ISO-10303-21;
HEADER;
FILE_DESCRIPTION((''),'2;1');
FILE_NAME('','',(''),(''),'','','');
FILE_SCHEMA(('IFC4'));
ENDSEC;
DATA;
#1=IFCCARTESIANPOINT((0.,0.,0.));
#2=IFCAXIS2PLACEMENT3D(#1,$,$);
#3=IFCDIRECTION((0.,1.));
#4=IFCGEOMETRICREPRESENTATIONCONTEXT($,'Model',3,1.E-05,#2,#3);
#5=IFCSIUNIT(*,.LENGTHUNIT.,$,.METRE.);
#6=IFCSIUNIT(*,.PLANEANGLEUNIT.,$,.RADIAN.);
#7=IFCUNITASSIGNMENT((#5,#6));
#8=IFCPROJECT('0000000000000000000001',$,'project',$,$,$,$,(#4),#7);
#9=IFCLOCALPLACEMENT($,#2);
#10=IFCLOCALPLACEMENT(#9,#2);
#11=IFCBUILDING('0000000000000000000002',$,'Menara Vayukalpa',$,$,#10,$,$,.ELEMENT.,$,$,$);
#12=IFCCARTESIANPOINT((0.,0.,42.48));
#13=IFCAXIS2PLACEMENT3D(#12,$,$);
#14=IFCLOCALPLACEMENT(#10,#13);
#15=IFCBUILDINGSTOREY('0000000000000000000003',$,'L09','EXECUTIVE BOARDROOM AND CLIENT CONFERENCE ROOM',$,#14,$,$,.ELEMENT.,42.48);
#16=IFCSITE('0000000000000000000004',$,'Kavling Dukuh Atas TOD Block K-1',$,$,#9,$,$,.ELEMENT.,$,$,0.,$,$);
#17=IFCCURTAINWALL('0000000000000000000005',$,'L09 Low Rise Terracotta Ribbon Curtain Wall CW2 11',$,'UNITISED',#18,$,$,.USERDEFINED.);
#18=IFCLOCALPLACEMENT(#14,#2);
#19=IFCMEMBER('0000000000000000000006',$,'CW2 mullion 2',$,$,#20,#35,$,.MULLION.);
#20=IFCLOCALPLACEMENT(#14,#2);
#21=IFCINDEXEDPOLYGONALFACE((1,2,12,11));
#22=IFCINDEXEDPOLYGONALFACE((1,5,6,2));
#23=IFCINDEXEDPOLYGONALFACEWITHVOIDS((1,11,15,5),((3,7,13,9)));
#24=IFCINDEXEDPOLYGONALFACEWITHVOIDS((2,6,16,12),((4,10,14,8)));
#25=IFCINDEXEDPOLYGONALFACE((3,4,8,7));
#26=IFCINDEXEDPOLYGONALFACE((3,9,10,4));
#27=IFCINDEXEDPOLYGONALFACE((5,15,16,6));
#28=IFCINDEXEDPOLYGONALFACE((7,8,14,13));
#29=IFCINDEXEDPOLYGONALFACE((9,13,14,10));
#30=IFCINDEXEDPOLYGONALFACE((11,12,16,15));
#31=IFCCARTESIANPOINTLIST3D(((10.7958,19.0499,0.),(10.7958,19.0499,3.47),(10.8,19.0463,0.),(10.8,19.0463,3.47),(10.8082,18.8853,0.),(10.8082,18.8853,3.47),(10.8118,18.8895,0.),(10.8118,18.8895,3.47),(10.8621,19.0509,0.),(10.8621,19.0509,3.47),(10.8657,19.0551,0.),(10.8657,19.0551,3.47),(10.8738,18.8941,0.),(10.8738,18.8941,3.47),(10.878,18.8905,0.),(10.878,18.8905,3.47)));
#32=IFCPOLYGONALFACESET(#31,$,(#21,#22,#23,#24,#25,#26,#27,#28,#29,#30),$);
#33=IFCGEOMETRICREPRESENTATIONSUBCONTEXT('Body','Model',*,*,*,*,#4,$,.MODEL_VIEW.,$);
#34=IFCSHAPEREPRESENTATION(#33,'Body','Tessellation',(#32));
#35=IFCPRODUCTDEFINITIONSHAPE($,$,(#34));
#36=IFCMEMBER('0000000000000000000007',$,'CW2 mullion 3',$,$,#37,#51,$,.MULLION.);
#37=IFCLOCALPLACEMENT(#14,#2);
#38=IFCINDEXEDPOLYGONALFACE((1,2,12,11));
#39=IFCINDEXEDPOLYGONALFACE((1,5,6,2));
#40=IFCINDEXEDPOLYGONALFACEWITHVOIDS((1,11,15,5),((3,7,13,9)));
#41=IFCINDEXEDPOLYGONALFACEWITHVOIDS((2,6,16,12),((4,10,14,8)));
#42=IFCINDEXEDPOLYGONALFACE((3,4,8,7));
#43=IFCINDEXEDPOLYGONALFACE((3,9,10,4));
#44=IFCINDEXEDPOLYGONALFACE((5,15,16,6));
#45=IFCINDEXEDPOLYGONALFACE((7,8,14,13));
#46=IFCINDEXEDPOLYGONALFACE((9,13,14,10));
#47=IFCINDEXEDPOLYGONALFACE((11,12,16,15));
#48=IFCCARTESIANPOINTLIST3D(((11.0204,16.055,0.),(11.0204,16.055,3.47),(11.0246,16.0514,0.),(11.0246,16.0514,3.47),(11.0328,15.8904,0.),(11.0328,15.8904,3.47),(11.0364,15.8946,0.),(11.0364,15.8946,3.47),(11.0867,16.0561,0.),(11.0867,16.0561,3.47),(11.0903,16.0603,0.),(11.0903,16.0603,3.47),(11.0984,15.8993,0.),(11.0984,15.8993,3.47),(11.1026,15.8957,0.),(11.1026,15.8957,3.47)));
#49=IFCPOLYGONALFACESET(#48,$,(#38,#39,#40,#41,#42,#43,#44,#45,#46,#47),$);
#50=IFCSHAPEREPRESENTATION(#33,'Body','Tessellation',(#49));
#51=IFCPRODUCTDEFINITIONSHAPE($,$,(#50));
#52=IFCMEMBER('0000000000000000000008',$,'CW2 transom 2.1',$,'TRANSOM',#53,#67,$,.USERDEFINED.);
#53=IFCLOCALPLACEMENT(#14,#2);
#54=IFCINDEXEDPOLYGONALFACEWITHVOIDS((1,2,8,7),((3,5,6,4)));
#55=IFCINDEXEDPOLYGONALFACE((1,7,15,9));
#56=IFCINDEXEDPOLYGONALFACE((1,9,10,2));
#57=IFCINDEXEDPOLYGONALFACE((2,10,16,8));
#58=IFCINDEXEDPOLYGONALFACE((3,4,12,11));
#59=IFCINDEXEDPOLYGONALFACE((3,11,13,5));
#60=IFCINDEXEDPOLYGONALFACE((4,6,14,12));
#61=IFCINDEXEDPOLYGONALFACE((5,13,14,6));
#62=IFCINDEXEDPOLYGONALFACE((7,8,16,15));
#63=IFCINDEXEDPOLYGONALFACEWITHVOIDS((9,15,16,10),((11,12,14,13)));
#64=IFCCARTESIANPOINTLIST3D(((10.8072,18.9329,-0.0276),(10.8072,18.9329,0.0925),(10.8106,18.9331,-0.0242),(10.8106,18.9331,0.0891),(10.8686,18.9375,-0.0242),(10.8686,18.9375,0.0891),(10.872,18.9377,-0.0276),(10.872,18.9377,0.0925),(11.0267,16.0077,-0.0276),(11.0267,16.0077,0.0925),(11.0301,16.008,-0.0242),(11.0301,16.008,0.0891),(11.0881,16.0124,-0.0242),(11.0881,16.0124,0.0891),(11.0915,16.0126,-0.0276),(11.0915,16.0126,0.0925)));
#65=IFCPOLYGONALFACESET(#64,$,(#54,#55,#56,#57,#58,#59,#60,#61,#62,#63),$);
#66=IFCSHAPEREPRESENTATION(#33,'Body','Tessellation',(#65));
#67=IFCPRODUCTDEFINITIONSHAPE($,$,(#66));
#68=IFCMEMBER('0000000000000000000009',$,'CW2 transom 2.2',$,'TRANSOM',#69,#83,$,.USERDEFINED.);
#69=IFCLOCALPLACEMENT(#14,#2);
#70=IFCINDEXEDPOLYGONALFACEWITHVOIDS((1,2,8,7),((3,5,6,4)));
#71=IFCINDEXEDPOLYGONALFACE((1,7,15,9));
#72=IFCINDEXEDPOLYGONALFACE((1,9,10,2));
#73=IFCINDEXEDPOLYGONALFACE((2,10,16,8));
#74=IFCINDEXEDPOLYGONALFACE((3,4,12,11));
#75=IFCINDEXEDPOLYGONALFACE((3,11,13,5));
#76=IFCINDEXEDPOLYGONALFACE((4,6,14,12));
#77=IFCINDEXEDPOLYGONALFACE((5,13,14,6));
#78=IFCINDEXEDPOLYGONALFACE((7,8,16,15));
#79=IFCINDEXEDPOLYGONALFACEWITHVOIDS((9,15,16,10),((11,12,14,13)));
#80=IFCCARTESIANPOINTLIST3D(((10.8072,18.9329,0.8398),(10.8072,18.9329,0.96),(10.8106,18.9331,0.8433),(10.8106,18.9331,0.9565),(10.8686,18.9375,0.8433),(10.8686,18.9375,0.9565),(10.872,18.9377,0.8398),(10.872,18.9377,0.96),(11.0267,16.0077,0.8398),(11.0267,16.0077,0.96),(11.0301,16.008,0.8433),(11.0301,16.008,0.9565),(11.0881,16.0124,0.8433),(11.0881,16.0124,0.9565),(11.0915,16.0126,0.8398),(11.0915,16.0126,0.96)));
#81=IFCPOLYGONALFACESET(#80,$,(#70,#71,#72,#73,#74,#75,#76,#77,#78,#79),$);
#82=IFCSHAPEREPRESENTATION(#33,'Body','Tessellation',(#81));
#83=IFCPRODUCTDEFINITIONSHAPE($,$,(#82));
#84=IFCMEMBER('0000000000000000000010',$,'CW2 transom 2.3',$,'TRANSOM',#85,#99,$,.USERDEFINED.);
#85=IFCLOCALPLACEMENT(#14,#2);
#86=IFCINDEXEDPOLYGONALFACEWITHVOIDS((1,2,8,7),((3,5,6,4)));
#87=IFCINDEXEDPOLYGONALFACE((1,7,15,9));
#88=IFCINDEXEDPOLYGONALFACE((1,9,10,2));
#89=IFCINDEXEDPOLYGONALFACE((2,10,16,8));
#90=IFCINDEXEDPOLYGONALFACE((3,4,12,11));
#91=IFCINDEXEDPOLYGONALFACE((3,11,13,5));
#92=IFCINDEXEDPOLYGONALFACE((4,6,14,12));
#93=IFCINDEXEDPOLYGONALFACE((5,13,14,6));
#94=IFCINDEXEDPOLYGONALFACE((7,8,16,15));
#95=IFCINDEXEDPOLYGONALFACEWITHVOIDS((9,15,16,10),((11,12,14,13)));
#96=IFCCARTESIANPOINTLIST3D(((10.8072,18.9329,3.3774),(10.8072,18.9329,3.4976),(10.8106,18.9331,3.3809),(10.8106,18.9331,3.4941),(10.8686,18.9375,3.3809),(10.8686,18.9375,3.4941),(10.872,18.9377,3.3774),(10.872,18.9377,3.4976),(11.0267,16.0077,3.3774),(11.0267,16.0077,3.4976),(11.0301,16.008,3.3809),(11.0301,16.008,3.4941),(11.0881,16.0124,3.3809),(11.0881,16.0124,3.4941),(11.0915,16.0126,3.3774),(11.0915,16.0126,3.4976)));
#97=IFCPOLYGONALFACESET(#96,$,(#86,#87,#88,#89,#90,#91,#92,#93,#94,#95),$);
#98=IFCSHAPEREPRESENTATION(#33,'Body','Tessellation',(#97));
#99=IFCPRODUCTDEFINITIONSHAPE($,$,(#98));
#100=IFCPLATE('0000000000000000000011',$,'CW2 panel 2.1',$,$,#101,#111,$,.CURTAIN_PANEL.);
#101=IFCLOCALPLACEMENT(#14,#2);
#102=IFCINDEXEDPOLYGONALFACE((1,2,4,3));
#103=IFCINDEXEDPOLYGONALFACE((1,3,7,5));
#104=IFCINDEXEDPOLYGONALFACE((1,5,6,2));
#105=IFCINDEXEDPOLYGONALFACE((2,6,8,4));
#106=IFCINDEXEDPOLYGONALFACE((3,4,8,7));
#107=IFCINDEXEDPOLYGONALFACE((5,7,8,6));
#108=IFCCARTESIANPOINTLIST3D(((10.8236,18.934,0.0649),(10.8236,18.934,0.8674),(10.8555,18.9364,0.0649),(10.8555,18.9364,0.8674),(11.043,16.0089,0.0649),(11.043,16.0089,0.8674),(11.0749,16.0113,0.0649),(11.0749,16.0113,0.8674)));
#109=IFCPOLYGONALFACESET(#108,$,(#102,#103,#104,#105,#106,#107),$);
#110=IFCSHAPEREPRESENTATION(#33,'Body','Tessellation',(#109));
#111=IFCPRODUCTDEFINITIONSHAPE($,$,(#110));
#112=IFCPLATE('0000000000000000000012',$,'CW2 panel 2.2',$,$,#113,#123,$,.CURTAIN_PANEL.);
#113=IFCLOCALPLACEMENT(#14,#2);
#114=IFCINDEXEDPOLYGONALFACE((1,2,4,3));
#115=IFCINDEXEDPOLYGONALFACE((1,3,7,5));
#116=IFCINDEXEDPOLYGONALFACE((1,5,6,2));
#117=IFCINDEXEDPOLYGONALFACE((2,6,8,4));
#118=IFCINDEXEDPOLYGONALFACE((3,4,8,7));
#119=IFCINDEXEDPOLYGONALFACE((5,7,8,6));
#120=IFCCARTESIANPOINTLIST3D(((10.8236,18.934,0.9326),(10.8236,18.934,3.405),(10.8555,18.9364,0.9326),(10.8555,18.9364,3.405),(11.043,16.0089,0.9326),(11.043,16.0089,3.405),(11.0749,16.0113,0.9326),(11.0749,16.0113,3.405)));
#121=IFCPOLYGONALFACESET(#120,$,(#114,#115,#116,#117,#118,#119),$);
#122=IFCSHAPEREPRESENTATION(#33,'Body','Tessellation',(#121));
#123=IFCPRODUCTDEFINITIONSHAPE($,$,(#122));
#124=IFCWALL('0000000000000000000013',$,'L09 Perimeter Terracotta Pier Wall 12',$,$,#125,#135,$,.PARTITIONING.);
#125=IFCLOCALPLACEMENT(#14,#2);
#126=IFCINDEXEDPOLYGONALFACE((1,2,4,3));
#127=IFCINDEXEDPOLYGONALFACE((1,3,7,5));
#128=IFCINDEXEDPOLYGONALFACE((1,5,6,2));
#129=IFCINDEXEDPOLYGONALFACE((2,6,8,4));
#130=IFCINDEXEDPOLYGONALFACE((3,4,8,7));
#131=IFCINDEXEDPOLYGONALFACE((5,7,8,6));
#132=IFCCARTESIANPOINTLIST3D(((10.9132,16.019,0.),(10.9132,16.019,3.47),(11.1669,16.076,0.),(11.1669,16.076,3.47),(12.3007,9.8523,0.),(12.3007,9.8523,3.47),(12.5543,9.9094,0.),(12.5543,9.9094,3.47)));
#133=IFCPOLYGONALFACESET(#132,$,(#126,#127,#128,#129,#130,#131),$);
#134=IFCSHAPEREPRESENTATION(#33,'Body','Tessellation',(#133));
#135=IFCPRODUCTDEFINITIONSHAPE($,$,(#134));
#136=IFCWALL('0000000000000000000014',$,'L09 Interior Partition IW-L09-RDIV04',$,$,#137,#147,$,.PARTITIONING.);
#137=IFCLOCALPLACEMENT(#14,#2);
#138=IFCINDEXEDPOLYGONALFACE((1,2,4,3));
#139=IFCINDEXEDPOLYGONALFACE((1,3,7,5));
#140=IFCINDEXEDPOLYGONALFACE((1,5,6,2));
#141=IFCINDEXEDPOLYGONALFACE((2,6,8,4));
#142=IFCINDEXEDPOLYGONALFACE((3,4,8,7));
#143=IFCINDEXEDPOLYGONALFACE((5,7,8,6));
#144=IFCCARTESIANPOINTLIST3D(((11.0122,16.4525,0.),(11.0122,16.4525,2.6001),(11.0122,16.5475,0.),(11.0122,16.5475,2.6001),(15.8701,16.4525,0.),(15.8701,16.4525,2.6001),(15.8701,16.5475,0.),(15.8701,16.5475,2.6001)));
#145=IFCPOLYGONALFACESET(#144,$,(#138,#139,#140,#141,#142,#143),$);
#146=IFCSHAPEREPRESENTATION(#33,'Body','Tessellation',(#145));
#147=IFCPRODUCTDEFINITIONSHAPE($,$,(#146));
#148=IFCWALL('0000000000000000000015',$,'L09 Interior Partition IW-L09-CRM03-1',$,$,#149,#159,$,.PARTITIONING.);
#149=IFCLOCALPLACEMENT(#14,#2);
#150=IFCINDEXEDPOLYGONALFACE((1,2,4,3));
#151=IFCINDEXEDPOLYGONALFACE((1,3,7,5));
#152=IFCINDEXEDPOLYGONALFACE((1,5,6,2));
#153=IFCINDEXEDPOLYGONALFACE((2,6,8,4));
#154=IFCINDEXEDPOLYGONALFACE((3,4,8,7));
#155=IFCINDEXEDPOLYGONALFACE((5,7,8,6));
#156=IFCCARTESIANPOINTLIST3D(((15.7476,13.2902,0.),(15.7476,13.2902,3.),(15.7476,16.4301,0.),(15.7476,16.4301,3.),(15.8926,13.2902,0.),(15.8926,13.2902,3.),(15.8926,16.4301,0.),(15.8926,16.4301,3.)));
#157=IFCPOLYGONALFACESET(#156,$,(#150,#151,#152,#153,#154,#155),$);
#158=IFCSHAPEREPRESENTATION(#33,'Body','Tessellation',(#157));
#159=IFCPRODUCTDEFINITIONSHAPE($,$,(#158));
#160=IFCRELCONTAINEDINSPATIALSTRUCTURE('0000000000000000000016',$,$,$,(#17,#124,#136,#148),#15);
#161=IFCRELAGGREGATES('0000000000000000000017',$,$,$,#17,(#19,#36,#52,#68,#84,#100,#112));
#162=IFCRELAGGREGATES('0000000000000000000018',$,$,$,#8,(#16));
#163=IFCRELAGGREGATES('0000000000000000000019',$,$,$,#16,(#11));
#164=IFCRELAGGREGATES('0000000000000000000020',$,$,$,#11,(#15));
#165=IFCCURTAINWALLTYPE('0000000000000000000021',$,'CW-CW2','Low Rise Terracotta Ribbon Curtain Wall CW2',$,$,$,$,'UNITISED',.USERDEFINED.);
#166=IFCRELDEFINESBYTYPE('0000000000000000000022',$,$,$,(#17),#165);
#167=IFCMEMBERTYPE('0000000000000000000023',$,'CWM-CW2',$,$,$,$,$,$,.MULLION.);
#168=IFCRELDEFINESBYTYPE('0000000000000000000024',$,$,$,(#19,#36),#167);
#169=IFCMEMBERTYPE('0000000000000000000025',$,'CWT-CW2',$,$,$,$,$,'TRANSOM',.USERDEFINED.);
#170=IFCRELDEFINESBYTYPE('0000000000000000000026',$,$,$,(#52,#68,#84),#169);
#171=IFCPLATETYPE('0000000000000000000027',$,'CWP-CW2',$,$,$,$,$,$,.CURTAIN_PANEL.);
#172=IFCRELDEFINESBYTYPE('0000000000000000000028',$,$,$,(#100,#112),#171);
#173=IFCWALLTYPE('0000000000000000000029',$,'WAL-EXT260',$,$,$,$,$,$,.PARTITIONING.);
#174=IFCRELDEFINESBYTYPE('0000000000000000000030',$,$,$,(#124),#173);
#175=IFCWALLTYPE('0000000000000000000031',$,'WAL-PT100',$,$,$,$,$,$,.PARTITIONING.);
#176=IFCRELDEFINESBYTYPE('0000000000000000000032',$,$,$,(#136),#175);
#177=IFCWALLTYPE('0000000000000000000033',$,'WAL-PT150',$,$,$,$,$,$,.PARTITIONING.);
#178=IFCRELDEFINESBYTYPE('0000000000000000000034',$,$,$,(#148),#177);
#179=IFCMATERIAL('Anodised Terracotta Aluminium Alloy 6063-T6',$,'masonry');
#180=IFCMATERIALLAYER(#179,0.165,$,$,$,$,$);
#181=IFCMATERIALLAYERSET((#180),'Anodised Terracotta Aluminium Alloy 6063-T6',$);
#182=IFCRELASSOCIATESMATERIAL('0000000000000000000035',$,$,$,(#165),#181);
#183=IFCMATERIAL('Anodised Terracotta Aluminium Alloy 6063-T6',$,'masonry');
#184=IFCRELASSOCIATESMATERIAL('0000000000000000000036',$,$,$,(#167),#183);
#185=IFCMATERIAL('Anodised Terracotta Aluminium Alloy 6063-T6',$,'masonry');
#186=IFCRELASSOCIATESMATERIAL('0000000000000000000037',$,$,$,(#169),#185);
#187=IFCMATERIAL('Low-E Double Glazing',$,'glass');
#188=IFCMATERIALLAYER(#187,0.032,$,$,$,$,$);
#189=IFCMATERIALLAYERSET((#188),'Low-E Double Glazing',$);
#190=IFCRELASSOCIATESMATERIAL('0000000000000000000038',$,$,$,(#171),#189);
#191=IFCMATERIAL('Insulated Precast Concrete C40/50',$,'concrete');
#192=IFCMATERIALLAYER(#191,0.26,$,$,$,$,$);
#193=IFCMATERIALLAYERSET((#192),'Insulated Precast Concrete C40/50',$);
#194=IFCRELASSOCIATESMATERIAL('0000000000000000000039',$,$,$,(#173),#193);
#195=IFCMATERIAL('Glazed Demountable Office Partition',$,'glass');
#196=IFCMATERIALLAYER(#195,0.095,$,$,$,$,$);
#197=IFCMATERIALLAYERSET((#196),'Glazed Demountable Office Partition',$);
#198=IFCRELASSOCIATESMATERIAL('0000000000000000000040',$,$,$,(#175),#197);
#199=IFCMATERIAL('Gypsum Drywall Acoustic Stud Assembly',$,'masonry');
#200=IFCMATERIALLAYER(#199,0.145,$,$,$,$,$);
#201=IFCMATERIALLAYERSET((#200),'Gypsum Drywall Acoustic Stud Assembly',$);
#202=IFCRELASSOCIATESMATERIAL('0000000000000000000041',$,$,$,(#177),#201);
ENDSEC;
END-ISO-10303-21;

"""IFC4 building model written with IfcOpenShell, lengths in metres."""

from ifc_helpers import new_model, si_unit, direction, frame, frame_2d, origin, origin_2d, place, context, subcontext, project, spatial, rectangle, hollow_rectangle, extrude, material, layer, layer_set, material_profile, profile_set, type_object, element, aggregate, save


model = new_model("IFC4")

# Units and contexts
model_context = context("Model", 3, precision=1e-05, world=origin(), true_north=direction((0.0, 1.0)))
body_context = subcontext(model_context, "Body", "Model", "MODEL_VIEW")
ifc_project = project(units=[si_unit("LENGTHUNIT", "METRE"), si_unit("PLANEANGLEUNIT", "RADIAN")], contexts=[model_context])

# Site, building, storey
site_placement = place(None, origin())
site = spatial("IfcSite", under=ifc_project, at=site_placement, Name="Kavling Dukuh Atas TOD Block K-1", CompositionType="ELEMENT", RefElevation=0.0)
building_placement = place(site_placement, origin())
building = spatial("IfcBuilding", under=site, at=building_placement, Name="Menara Vayukalpa", CompositionType="ELEMENT")
storey_placement = place(building_placement, frame((0.0, 0.0, 42.48)))
storey = spatial("IfcBuildingStorey", under=building, at=storey_placement, Name="L09", Description="EXECUTIVE BOARDROOM AND CLIENT CONFERENCE ROOM", CompositionType="ELEMENT", Elevation=42.48)

# Curtain wall, members, plates
ifc_material_1 = material(Name="Anodised Terracotta Aluminium Alloy 6063-T6", Category="masonry")
ifc_layer_1 = layer(ifc_material_1, 0.165)
ifc_layer_set_1 = layer_set([ifc_layer_1], Name="Anodised Terracotta Aluminium Alloy 6063-T6")
curtain_wall_type = type_object("IfcCurtainWallType", Name="CW-CW2", Description="Low Rise Terracotta Ribbon Curtain Wall CW2", ElementType="UNITISED", PredefinedType="USERDEFINED", material=ifc_layer_set_1)
curtain_wall_placement = place(storey_placement, origin())
curtain_wall = element("IfcCurtainWall", 1, at=curtain_wall_placement, inside=storey, type_object=curtain_wall_type, Name="L09 Low Rise Terracotta Ribbon Curtain Wall CW2 11", ObjectType="UNITISED", PredefinedType="USERDEFINED")
ifc_material_2 = material(Name="Anodised Terracotta Aluminium Alloy 6063-T6", Category="masonry")
ifc_material_profile_1 = material_profile(ifc_material_2, hollow_rectangle(XDim=0.0701, YDim=0.165, WallThickness=0.0039, at=origin_2d()), Name="ALU 70x165x4")
ifc_profile_set_1 = profile_set([ifc_material_profile_1], Name="Anodised Terracotta Aluminium Alloy 6063-T6")
member_type_1 = type_object("IfcMemberType", Name="CWM-CW2", PredefinedType="MULLION", material=ifc_profile_set_1)
member_1_placement = place(storey_placement, frame((10.8369, 18.9702, 0.0), z_axis=(0.0, 0.0, 1.0), x_axis=(0.997199, 0.074795, 0.0)))
member_1 = element("IfcMember", 2, at=member_1_placement, type_object=member_type_1, Name="CW2 mullion 2", PredefinedType="MULLION", context=body_context, shape_type="SweptSolid", body=[
    extrude(hollow_rectangle(XDim=0.0701, YDim=0.165, WallThickness=0.0039, at=origin_2d()), origin(), (0.0, 0.0, 1.0), 3.47),
])
member_2_placement = place(storey_placement, frame((11.0615, 15.9753, 0.0), z_axis=(0.0, 0.0, 1.0), x_axis=(0.997199, 0.074795, 0.0)))
member_2 = element("IfcMember", 3, at=member_2_placement, type_object=member_type_1, Name="CW2 mullion 3", PredefinedType="MULLION", context=body_context, shape_type="SweptSolid", body=[
    extrude(hollow_rectangle(XDim=0.0701, YDim=0.165, WallThickness=0.0039, at=origin_2d()), origin(), (0.0, 0.0, 1.0), 3.47),
])
ifc_material_3 = material(Name="Anodised Terracotta Aluminium Alloy 6063-T6", Category="masonry")
ifc_material_profile_2 = material_profile(ifc_material_3, hollow_rectangle(XDim=0.0649, YDim=0.1201, WallThickness=0.0034, at=origin_2d()), Name="ALU 65x120x3.5")
ifc_profile_set_2 = profile_set([ifc_material_profile_2], Name="Anodised Terracotta Aluminium Alloy 6063-T6")
member_type_2 = type_object("IfcMemberType", Name="CWT-CW2", ElementType="TRANSOM", PredefinedType="USERDEFINED", material=ifc_profile_set_2)
member_3_placement = place(storey_placement, frame((10.8396, 18.9353, 0.0325), z_axis=(0.074825, -0.997197, 0.0), x_axis=(0.997197, 0.074825, 0.0)))
member_3 = element("IfcMember", 4, at=member_3_placement, type_object=member_type_2, Name="CW2 transom 2.1", ObjectType="TRANSOM", PredefinedType="USERDEFINED", context=body_context, shape_type="SweptSolid", body=[
    extrude(hollow_rectangle(XDim=0.0649, YDim=0.1201, WallThickness=0.0034, at=origin_2d()), origin(), (0.0, 0.0, 1.0), 2.9333),
])
member_4_placement = place(storey_placement, frame((10.8396, 18.9353, 0.8999), z_axis=(0.074825, -0.997197, 0.0), x_axis=(0.997197, 0.074825, 0.0)))
member_4 = element("IfcMember", 5, at=member_4_placement, type_object=member_type_2, Name="CW2 transom 2.2", ObjectType="TRANSOM", PredefinedType="USERDEFINED", context=body_context, shape_type="SweptSolid", body=[
    extrude(hollow_rectangle(XDim=0.0649, YDim=0.1201, WallThickness=0.0034, at=origin_2d()), origin(), (0.0, 0.0, 1.0), 2.9333),
])
member_5_placement = place(storey_placement, frame((10.8396, 18.9353, 3.4375), z_axis=(0.074825, -0.997197, 0.0), x_axis=(0.997197, 0.074825, 0.0)))
member_5 = element("IfcMember", 6, at=member_5_placement, type_object=member_type_2, Name="CW2 transom 2.3", ObjectType="TRANSOM", PredefinedType="USERDEFINED", context=body_context, shape_type="SweptSolid", body=[
    extrude(hollow_rectangle(XDim=0.0649, YDim=0.1201, WallThickness=0.0034, at=origin_2d()), origin(), (0.0, 0.0, 1.0), 2.9333),
])
ifc_material_4 = material(Name="Low-E Double Glazing", Category="glass")
ifc_layer_2 = layer(ifc_material_4, 0.032)
ifc_layer_set_2 = layer_set([ifc_layer_2], Name="Low-E Double Glazing")
plate_type = type_object("IfcPlateType", Name="CWP-CW2", PredefinedType="CURTAIN_PANEL", material=ifc_layer_set_2)
plate_1_placement = place(storey_placement, frame((10.9492, 17.4727, 0.0649), z_axis=(0.0, 0.0, 1.0), x_axis=(0.074795, -0.997199, 0.0)))
plate_1 = element("IfcPlate", 7, at=plate_1_placement, type_object=plate_type, Name="CW2 panel 2.1", PredefinedType="CURTAIN_PANEL", context=body_context, shape_type="SweptSolid", body=[
    extrude(rectangle(XDim=2.9333, YDim=0.032, at=origin_2d()), origin(), (0.0, 0.0, 1.0), 0.8025),
])
plate_2_placement = place(storey_placement, frame((10.9492, 17.4727, 0.9326), z_axis=(0.0, 0.0, 1.0), x_axis=(0.074795, -0.997199, 0.0)))
plate_2 = element("IfcPlate", 8, at=plate_2_placement, type_object=plate_type, Name="CW2 panel 2.2", PredefinedType="CURTAIN_PANEL", context=body_context, shape_type="SweptSolid", body=[
    extrude(rectangle(XDim=2.9333, YDim=0.032, at=origin_2d()), origin(), (0.0, 0.0, 1.0), 2.4724),
])
aggregate(curtain_wall, [member_1, member_2, member_3, member_4, member_5, plate_1, plate_2])

# Walls
ifc_material_5 = material(Name="Insulated Precast Concrete C40/50", Category="concrete")
ifc_layer_3 = layer(ifc_material_5, 0.26)
ifc_layer_set_3 = layer_set([ifc_layer_3], Name="Insulated Precast Concrete C40/50")
wall_type_1 = type_object("IfcWallType", Name="WAL-EXT260", PredefinedType="PARTITIONING", material=ifc_layer_set_3)
wall_1_placement = place(storey_placement, frame((12.4275, 9.8809, 0.0), z_axis=(0.0, 0.0, 1.0), x_axis=(-0.219502, 0.975612, 0.0)))
element("IfcWall", 9, at=wall_1_placement, inside=storey, type_object=wall_type_1, Name="L09 Perimeter Terracotta Pier Wall 12", PredefinedType="PARTITIONING", context=body_context, shape_type="SweptSolid", body=[
    extrude(rectangle(XDim=6.3208, YDim=0.26, at=frame_2d((3.1604, 0.0))), origin(), (0.0, 0.0, 1.0), 3.47),
])
ifc_material_6 = material(Name="Glazed Demountable Office Partition", Category="glass")
ifc_layer_4 = layer(ifc_material_6, 0.095)
ifc_layer_set_4 = layer_set([ifc_layer_4], Name="Glazed Demountable Office Partition")
wall_type_2 = type_object("IfcWallType", Name="WAL-PT100", PredefinedType="PARTITIONING", material=ifc_layer_set_4)
wall_2_placement = place(storey_placement, frame((11.0122, 16.5, 0.0), z_axis=(0.0, 0.0, 1.0), x_axis=(1.0, 0.0, 0.0)))
element("IfcWall", 10, at=wall_2_placement, inside=storey, type_object=wall_type_2, Name="L09 Interior Partition IW-L09-RDIV04", PredefinedType="PARTITIONING", context=body_context, shape_type="SweptSolid", body=[
    extrude(rectangle(XDim=4.8579, YDim=0.095, at=frame_2d((2.429, 0.0))), origin(), (0.0, 0.0, 1.0), 2.6001),
])
ifc_material_7 = material(Name="Gypsum Drywall Acoustic Stud Assembly", Category="masonry")
ifc_layer_5 = layer(ifc_material_7, 0.145)
ifc_layer_set_5 = layer_set([ifc_layer_5], Name="Gypsum Drywall Acoustic Stud Assembly")
wall_type_3 = type_object("IfcWallType", Name="WAL-PT150", PredefinedType="PARTITIONING", material=ifc_layer_set_5)
wall_3_placement = place(storey_placement, frame((15.8201, 16.4299, 0.0), z_axis=(0.0, 0.0, 1.0), x_axis=(0.0, -1.0, 0.0)))
element("IfcWall", 11, at=wall_3_placement, inside=storey, type_object=wall_type_3, Name="L09 Interior Partition IW-L09-CRM03-1", PredefinedType="PARTITIONING", context=body_context, shape_type="SweptSolid", body=[
    extrude(rectangle(XDim=3.1399, YDim=0.145, at=frame_2d((1.5698, 0.0))), origin(), (0.0, 0.0, 1.0), 3.0),
])

save(model, "model.ifc")
